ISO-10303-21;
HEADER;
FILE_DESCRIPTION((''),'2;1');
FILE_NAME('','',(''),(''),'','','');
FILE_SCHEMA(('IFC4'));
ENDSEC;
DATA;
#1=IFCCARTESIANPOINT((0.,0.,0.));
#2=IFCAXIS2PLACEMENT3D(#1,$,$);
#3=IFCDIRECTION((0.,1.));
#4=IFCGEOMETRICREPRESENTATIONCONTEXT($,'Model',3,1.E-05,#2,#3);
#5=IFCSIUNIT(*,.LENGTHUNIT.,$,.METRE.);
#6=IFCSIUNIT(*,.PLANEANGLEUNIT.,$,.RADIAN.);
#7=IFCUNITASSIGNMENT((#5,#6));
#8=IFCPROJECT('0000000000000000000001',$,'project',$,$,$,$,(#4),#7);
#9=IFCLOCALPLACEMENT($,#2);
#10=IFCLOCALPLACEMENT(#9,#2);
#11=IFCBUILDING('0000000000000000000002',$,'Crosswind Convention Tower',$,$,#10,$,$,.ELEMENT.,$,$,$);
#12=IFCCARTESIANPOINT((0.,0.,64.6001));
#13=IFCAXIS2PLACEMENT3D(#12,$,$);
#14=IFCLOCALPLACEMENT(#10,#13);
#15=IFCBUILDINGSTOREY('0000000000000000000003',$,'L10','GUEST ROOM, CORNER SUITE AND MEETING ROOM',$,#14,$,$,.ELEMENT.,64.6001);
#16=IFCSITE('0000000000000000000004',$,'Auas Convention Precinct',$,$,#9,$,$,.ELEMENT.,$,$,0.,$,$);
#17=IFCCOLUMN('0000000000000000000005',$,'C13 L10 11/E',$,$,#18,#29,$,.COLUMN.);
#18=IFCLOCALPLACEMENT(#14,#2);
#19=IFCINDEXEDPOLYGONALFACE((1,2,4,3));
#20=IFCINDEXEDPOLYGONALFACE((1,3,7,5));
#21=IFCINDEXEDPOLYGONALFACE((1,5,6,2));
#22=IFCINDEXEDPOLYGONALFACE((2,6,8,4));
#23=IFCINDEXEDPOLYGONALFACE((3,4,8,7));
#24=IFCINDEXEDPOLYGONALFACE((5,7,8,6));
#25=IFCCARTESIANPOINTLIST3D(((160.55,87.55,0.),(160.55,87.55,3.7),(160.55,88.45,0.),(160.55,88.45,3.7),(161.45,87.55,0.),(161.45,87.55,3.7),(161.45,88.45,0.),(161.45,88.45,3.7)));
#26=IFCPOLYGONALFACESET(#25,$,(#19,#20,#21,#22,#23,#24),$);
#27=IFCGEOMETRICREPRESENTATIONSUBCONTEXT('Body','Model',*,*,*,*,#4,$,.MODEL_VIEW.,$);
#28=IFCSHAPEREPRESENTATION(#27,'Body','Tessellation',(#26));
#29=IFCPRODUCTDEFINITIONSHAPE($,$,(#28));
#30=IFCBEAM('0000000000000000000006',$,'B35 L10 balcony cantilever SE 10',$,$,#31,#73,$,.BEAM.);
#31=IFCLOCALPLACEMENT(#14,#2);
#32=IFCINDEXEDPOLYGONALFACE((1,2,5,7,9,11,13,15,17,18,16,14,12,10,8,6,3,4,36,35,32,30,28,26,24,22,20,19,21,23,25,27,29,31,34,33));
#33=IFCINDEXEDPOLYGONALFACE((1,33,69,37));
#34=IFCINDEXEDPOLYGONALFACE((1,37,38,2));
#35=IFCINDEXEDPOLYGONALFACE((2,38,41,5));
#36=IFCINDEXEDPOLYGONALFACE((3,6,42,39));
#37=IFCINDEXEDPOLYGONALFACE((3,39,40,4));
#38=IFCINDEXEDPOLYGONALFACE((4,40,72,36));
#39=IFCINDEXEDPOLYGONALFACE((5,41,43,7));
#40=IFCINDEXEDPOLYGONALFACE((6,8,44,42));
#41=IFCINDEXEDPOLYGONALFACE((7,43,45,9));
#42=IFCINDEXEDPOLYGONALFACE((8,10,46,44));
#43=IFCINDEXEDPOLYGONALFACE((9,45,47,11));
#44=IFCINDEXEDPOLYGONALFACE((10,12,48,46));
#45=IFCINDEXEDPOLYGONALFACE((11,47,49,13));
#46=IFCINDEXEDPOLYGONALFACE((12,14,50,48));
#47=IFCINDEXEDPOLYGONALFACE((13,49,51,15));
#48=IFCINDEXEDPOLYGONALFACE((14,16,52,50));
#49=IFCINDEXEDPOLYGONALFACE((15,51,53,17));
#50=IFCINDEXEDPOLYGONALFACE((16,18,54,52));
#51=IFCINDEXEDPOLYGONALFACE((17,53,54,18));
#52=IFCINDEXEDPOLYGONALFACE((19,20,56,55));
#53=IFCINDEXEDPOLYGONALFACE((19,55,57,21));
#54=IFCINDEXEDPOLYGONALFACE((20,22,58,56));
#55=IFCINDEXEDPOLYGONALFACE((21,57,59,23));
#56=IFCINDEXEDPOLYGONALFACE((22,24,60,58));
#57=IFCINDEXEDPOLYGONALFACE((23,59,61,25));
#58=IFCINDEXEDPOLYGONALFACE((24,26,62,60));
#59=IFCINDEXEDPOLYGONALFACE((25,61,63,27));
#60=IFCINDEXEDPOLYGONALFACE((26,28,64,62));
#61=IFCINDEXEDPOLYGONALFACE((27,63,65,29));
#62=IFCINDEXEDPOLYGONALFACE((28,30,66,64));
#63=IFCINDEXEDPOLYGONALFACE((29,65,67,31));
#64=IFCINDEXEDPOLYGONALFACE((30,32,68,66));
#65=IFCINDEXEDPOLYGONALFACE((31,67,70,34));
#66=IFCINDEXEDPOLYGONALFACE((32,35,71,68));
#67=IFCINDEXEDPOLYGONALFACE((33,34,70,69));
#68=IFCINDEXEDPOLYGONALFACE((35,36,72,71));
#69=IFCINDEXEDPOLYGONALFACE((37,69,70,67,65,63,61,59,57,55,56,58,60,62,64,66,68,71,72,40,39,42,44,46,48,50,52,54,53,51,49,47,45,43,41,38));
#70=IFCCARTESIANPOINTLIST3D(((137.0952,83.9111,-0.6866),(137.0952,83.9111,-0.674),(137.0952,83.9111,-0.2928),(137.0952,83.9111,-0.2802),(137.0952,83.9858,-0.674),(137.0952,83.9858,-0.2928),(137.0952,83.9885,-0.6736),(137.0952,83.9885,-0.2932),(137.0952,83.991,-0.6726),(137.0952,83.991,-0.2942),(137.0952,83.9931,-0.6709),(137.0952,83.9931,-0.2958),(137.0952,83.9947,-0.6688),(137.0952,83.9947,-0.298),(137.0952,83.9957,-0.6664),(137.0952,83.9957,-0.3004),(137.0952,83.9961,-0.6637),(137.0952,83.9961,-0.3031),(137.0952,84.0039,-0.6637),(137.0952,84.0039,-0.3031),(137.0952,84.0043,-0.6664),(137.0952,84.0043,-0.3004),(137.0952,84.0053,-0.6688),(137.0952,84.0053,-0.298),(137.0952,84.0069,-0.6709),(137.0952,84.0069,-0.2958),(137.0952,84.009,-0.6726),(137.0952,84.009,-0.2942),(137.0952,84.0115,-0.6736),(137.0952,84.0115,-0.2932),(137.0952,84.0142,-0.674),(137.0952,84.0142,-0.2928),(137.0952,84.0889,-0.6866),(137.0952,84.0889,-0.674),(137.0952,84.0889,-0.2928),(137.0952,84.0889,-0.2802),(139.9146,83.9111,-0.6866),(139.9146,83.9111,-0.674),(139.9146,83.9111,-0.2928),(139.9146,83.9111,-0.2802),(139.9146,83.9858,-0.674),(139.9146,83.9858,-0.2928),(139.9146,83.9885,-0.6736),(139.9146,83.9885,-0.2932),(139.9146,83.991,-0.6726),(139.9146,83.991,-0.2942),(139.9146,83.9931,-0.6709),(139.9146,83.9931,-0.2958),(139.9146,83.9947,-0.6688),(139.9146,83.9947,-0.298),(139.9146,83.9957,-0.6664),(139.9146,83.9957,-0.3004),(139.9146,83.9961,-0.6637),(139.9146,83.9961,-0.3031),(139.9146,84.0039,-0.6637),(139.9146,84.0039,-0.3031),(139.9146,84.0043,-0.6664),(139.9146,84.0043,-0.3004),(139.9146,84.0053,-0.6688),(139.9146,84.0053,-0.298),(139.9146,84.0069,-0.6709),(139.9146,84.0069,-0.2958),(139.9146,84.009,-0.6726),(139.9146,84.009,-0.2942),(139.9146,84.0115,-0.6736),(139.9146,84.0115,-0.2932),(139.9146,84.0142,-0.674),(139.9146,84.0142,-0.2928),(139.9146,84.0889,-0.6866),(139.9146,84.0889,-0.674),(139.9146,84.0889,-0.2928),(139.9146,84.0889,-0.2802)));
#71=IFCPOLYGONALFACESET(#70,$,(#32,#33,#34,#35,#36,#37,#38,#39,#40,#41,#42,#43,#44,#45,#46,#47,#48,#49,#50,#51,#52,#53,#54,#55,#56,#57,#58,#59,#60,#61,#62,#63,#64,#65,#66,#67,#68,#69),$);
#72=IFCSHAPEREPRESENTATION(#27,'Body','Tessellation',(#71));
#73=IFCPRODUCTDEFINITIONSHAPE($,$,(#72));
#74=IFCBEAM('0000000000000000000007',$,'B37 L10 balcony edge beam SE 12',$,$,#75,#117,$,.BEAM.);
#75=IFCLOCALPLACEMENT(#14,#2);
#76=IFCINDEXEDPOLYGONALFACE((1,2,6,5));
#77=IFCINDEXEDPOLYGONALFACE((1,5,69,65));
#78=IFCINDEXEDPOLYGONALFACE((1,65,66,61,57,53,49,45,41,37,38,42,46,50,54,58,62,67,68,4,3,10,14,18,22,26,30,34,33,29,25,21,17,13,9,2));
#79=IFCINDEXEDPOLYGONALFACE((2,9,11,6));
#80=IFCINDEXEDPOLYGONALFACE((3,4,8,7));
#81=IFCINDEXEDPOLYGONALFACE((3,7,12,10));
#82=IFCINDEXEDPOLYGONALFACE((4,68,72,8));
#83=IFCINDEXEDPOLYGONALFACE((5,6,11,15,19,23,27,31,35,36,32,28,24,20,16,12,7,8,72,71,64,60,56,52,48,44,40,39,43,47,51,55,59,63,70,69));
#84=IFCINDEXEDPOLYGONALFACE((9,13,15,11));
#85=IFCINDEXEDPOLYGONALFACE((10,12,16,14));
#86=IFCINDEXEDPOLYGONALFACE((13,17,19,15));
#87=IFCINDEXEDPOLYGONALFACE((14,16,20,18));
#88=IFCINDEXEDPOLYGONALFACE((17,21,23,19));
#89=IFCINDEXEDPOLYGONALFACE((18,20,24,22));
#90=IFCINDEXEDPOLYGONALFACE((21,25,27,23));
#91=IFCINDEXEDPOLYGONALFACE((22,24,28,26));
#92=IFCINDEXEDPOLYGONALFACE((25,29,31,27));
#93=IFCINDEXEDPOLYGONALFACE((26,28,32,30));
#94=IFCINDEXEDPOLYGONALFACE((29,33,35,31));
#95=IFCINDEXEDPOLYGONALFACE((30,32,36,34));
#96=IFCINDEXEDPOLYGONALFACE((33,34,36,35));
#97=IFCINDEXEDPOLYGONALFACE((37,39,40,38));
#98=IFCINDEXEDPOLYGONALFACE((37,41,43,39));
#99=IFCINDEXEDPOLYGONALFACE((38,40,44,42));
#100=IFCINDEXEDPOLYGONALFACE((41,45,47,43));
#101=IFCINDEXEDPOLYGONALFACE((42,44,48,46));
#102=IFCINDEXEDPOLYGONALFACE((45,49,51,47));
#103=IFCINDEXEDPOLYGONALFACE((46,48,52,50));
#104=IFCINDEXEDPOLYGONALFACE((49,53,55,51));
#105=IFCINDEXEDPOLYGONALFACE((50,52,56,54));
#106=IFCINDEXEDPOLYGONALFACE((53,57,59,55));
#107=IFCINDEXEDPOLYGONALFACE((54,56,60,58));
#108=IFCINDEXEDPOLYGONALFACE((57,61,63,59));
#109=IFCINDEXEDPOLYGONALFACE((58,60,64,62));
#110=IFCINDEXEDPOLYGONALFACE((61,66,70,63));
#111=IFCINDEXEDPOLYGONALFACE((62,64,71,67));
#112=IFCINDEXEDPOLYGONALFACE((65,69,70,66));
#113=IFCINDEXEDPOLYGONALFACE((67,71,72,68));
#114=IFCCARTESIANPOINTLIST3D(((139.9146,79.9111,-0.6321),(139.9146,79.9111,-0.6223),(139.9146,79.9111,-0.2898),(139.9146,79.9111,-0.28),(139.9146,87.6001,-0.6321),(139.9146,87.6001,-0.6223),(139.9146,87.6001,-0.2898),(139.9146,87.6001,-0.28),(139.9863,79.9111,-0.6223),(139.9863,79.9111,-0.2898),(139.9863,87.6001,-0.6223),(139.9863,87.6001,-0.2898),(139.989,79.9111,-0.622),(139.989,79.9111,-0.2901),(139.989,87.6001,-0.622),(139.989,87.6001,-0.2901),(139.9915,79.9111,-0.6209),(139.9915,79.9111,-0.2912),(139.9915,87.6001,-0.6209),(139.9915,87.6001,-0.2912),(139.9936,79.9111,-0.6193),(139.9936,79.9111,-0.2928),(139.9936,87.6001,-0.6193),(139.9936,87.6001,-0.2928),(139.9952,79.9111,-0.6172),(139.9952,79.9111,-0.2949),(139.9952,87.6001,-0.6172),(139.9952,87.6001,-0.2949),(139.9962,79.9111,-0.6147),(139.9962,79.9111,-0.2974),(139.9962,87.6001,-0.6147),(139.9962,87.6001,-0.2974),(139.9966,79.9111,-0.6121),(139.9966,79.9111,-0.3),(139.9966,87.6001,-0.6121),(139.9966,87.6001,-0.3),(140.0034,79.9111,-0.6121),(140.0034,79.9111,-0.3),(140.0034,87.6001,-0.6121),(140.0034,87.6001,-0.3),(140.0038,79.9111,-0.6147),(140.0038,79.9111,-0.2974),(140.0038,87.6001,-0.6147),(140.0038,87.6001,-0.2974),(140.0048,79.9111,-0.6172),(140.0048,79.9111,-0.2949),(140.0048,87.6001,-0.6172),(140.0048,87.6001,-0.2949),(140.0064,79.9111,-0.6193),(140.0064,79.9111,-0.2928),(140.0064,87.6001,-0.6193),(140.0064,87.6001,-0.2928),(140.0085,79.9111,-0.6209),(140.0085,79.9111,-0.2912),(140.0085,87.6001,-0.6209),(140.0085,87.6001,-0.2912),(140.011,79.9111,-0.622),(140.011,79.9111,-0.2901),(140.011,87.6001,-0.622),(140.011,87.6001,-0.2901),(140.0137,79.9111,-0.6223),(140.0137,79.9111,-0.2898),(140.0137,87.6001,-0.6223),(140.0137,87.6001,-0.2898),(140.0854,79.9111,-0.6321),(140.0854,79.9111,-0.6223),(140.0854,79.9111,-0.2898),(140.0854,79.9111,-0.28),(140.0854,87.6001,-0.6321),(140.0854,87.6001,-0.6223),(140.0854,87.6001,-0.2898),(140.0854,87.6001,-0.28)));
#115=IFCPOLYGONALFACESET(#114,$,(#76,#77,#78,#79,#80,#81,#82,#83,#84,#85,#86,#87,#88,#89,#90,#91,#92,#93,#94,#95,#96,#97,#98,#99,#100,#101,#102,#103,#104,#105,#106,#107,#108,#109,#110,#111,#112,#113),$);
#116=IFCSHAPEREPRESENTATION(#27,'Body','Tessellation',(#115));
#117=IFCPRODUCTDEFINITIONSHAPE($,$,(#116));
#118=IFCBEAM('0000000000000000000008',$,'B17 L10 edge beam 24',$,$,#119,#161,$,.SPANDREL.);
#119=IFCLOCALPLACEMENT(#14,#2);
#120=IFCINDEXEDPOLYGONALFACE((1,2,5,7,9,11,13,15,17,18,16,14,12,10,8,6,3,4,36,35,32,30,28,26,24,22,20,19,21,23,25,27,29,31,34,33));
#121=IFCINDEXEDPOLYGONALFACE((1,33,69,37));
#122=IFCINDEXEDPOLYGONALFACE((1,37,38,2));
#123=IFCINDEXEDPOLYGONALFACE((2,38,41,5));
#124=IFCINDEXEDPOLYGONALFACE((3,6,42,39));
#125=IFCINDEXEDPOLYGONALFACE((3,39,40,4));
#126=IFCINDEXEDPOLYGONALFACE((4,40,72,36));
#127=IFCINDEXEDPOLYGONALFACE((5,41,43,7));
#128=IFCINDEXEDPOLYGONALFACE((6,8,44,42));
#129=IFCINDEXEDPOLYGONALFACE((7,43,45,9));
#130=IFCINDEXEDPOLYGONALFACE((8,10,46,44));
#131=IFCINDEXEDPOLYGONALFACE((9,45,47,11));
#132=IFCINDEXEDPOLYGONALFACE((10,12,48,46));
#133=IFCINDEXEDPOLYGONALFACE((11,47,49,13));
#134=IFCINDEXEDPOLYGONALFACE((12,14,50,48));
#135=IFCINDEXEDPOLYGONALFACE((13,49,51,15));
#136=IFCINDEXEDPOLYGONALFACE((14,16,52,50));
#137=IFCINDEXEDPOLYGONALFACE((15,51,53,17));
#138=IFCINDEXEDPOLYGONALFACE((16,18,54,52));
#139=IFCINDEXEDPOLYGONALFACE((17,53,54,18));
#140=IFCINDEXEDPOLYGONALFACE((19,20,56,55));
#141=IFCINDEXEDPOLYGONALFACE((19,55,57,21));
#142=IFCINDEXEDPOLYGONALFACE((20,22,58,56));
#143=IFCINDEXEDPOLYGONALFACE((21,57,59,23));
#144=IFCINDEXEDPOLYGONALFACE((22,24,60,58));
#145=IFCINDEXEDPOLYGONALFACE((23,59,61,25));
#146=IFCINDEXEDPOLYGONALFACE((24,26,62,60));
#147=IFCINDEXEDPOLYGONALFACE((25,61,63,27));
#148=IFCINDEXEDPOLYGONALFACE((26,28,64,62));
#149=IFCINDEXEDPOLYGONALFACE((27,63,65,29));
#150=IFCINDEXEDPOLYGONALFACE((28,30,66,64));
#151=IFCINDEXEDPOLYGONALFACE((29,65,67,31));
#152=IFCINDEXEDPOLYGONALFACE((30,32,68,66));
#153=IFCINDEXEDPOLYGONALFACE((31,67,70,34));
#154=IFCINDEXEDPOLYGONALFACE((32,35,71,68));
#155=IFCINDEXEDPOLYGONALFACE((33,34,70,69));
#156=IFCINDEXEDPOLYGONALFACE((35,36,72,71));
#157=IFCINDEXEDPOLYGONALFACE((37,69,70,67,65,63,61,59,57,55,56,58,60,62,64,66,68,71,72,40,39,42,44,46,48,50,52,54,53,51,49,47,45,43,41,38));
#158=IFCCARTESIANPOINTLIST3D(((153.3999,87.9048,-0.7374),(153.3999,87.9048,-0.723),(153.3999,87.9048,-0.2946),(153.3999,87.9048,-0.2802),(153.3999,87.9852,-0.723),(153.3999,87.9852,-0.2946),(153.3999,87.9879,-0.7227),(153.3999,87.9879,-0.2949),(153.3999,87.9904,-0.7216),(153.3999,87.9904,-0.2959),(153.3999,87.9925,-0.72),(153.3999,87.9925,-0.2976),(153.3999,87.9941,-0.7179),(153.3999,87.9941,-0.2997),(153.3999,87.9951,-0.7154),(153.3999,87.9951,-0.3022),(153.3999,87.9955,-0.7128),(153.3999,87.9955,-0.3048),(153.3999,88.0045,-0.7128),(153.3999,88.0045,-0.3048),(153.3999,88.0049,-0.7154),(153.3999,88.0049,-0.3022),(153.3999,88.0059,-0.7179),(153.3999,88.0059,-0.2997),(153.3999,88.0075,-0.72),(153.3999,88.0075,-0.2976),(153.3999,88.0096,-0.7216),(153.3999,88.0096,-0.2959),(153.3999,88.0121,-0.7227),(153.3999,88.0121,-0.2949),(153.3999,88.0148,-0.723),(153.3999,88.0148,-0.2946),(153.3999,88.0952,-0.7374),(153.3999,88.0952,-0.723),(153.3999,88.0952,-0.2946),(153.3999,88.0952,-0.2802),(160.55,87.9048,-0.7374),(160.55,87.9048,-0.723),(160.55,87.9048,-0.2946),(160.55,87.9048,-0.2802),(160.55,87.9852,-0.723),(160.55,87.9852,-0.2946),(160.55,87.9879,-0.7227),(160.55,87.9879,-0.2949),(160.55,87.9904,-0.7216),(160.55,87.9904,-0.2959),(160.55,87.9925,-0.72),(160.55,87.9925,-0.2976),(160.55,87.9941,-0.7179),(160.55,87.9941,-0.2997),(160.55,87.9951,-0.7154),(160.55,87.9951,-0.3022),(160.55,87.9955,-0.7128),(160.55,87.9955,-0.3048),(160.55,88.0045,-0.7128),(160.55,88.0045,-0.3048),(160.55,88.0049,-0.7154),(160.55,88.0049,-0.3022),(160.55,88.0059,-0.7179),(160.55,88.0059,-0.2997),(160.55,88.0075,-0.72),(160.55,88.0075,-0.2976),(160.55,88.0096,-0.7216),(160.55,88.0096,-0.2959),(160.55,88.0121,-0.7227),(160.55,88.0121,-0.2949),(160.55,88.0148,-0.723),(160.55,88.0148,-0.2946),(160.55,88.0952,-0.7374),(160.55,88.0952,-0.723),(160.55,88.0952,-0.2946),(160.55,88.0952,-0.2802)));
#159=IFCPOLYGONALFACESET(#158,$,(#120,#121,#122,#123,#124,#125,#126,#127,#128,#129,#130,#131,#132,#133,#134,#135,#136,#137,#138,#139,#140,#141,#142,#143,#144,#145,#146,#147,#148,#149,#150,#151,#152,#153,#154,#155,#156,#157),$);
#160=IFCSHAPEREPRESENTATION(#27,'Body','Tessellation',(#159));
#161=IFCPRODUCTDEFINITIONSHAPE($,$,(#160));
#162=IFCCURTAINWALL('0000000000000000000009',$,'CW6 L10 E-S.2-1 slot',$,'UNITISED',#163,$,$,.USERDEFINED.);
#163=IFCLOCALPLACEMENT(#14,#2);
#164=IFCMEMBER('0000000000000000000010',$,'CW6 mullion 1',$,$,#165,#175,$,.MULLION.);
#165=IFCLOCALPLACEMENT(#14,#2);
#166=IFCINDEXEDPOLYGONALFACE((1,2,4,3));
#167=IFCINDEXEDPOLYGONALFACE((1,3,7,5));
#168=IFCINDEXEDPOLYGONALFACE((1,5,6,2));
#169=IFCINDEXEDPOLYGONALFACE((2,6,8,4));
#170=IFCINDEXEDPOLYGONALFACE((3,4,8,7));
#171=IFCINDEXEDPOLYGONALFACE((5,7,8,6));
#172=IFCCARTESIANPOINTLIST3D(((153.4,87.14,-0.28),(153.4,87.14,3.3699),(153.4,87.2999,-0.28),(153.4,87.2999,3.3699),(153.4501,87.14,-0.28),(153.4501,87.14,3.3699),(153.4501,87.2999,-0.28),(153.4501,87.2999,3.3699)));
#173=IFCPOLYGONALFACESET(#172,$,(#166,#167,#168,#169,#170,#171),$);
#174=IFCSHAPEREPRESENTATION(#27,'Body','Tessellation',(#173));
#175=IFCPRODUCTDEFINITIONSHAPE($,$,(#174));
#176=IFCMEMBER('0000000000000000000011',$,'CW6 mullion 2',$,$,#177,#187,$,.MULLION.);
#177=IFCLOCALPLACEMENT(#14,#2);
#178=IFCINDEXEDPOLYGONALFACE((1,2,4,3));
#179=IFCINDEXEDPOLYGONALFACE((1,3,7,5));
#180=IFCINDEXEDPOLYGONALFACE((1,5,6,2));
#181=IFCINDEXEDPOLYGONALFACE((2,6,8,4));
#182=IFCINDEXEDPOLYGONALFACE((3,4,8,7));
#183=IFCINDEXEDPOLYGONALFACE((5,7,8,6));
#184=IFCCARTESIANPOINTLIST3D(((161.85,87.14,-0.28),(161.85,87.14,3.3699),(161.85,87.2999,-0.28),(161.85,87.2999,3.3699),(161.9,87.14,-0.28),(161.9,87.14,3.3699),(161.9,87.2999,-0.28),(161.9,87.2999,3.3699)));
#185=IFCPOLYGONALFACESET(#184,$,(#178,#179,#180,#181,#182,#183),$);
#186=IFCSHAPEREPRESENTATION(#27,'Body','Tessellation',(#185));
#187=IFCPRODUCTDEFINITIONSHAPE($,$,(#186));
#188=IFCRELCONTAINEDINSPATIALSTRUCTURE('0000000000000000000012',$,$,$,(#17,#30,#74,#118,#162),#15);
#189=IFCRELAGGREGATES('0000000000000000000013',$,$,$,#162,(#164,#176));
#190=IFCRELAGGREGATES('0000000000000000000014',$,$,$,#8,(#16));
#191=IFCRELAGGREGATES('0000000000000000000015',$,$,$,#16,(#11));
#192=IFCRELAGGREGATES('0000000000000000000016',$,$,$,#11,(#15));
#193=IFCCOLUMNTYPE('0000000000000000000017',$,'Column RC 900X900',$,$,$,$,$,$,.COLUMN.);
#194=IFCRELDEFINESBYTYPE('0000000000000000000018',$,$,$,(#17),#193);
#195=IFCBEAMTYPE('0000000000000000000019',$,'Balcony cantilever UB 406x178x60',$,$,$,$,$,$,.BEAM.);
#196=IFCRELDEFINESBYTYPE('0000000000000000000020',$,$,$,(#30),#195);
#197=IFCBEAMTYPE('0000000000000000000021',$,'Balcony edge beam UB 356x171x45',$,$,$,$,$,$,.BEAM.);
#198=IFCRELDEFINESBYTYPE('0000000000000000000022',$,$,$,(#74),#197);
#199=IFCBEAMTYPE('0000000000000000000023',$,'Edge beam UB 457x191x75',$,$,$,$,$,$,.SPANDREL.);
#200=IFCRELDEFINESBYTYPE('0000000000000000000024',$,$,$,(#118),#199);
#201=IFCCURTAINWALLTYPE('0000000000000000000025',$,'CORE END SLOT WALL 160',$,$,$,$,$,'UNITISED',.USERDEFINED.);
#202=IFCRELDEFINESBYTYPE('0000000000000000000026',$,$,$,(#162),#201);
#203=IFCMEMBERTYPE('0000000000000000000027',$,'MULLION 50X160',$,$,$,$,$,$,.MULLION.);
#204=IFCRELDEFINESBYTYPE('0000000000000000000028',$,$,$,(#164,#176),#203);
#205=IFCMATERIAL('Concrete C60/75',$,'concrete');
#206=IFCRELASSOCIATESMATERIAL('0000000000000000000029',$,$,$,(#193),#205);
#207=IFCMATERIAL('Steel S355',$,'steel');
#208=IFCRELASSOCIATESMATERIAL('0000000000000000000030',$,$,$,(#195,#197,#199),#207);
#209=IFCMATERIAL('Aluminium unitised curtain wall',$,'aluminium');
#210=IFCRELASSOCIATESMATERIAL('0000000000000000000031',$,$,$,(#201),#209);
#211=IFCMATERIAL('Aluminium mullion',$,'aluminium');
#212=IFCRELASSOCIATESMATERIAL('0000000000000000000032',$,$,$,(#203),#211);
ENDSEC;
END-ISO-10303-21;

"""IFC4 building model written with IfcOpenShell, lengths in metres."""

from ifc_helpers import new_model, si_unit, direction, frame, origin, origin_2d, place, context, subcontext, project, spatial, rectangle, i_section, extrude, material, material_profile, profile_set, type_object, element, aggregate, save


model = new_model("IFC4")

# Units and contexts
model_context = context("Model", 3, precision=1e-05, world=origin(), true_north=direction((0.0, 1.0)))
body_context = subcontext(model_context, "Body", "Model", "MODEL_VIEW")
ifc_project = project(units=[si_unit("LENGTHUNIT", "METRE"), si_unit("PLANEANGLEUNIT", "RADIAN")], contexts=[model_context])

# Site, building, storey
site_placement = place(None, origin())
site = spatial("IfcSite", under=ifc_project, at=site_placement, Name="Auas Convention Precinct", CompositionType="ELEMENT", RefElevation=0.0)
building_placement = place(site_placement, origin())
building = spatial("IfcBuilding", under=site, at=building_placement, Name="Crosswind Convention Tower", CompositionType="ELEMENT")
storey_placement = place(building_placement, frame((0.0, 0.0, 64.6001)))
storey = spatial("IfcBuildingStorey", under=building, at=storey_placement, Name="L10", Description="GUEST ROOM, CORNER SUITE AND MEETING ROOM", CompositionType="ELEMENT", Elevation=64.6001)

# Column
ifc_material_1 = material(Name="Concrete C60/75", Category="concrete")
ifc_material_profile_1 = material_profile(ifc_material_1, rectangle(XDim=0.8999, YDim=0.8999, at=origin_2d()), Name="RC 900X900")
ifc_profile_set_1 = profile_set([ifc_material_profile_1], Name="Concrete C60/75")
column_type = type_object("IfcColumnType", Name="Column RC 900X900", PredefinedType="COLUMN", material=ifc_profile_set_1)
column_placement = place(storey_placement, frame((161.0, 88.0, 0.0), z_axis=(0.0, 0.0, 1.0), x_axis=(1.0, 0.0, 0.0)))
element("IfcColumn", 1, at=column_placement, inside=storey, type_object=column_type, Name="C13 L10 11/E", PredefinedType="COLUMN", context=body_context, shape_type="SweptSolid", body=[
    extrude(rectangle(XDim=0.8999, YDim=0.8999, at=origin_2d()), origin(), (0.0, 0.0, 1.0), 3.7),
])

# Beams
ifc_material_2 = material(Name="Steel S355", Category="steel")
ifc_material_profile_2 = material_profile(ifc_material_2, i_section(OverallWidth=0.1777, OverallDepth=0.4065, WebThickness=0.0078, FlangeThickness=0.0127, FilletRadius=0.0103, at=origin_2d()), Name="UB 406x178x60")
ifc_profile_set_2 = profile_set([ifc_material_profile_2], Name="Steel S355")
beam_type_1 = type_object("IfcBeamType", Name="Balcony cantilever UB 406x178x60", PredefinedType="BEAM", material=ifc_profile_set_2)
beam_1_placement = place(storey_placement, frame((137.0952, 84.0, -0.4834), z_axis=(1.0, 0.0, 0.0), x_axis=(0.0, 1.0, 0.0)))
element("IfcBeam", 2, at=beam_1_placement, inside=storey, type_object=beam_type_1, Name="B35 L10 balcony cantilever SE 10", PredefinedType="BEAM", context=body_context, shape_type="SweptSolid", body=[
    extrude(i_section(OverallWidth=0.1777, OverallDepth=0.4065, WebThickness=0.0078, FlangeThickness=0.0127, FilletRadius=0.0103, at=origin_2d()), origin(), (0.0, 0.0, 1.0), 2.8193),
])
ifc_material_profile_3 = material_profile(ifc_material_2, i_section(OverallWidth=0.1709, OverallDepth=0.3521, WebThickness=0.0068, FlangeThickness=0.0098, FilletRadius=0.0103, at=origin_2d()), Name="UB 356x171x45")
ifc_profile_set_3 = profile_set([ifc_material_profile_3], Name="Steel S355")
beam_type_2 = type_object("IfcBeamType", Name="Balcony edge beam UB 356x171x45", PredefinedType="BEAM", material=ifc_profile_set_3)
beam_2_placement = place(storey_placement, frame((140.0, 87.6001, -0.4561), z_axis=(0.0, -1.0, 0.0), x_axis=(1.0, 0.0, 0.0)))
element("IfcBeam", 3, at=beam_2_placement, inside=storey, type_object=beam_type_2, Name="B37 L10 balcony edge beam SE 12", PredefinedType="BEAM", context=body_context, shape_type="SweptSolid", body=[
    extrude(i_section(OverallWidth=0.1709, OverallDepth=0.3521, WebThickness=0.0068, FlangeThickness=0.0098, FilletRadius=0.0103, at=origin_2d()), origin(), (0.0, 0.0, 1.0), 7.689),
])
ifc_material_profile_4 = material_profile(ifc_material_2, i_section(OverallWidth=0.1904, OverallDepth=0.4573, WebThickness=0.009, FlangeThickness=0.0144, FilletRadius=0.0103, at=origin_2d()), Name="UB 457x191x75")
ifc_profile_set_4 = profile_set([ifc_material_profile_4], Name="Steel S355")
beam_type_3 = type_object("IfcBeamType", Name="Edge beam UB 457x191x75", PredefinedType="SPANDREL", material=ifc_profile_set_4)
beam_3_placement = place(storey_placement, frame((153.3999, 88.0, -0.5088), z_axis=(1.0, 0.0, 0.0), x_axis=(0.0, 1.0, 0.0)))
element("IfcBeam", 4, at=beam_3_placement, inside=storey, type_object=beam_type_3, Name="B17 L10 edge beam 24", PredefinedType="SPANDREL", context=body_context, shape_type="SweptSolid", body=[
    extrude(i_section(OverallWidth=0.1904, OverallDepth=0.4573, WebThickness=0.009, FlangeThickness=0.0144, FilletRadius=0.0103, at=origin_2d()), origin(), (0.0, 0.0, 1.0), 7.1501),
])

# Curtain wall, members
ifc_material_3 = material(Name="Aluminium unitised curtain wall", Category="aluminium")
curtain_wall_type_1 = type_object("IfcCurtainWallType", Name="CORE END SLOT WALL 160", ElementType="UNITISED", PredefinedType="USERDEFINED", material=ifc_material_3)
curtain_wall_1_placement = place(storey_placement, origin())
curtain_wall_1 = element("IfcCurtainWall", 5, at=curtain_wall_1_placement, inside=storey, type_object=curtain_wall_type_1, Name="CW6 L10 E-S.2-1 slot", ObjectType="UNITISED", PredefinedType="USERDEFINED")
ifc_material_4 = material(Name="Aluminium mullion", Category="aluminium")
ifc_material_profile_5 = material_profile(ifc_material_4, rectangle(XDim=0.1599, YDim=0.05, at=origin_2d()), Name="AL 160X50")
ifc_profile_set_5 = profile_set([ifc_material_profile_5], Name="Aluminium mullion")
member_type_1 = type_object("IfcMemberType", Name="MULLION 50X160", PredefinedType="MULLION", material=ifc_profile_set_5)
member_1_placement = place(storey_placement, frame((153.425, 87.22, -0.28), z_axis=(0.0, 0.0, 1.0), x_axis=(0.0, -1.0, 0.0)))
member_1 = element("IfcMember", 6, at=member_1_placement, type_object=member_type_1, Name="CW6 mullion 1", PredefinedType="MULLION", context=body_context, shape_type="SweptSolid", body=[
    extrude(rectangle(XDim=0.1599, YDim=0.05, at=origin_2d()), origin(), (0.0, 0.0, 1.0), 3.6499),
])
member_2_placement = place(storey_placement, frame((161.875, 87.22, -0.28), z_axis=(0.0, 0.0, 1.0), x_axis=(0.0, -1.0, 0.0)))
member_2 = element("IfcMember", 7, at=member_2_placement, type_object=member_type_1, Name="CW6 mullion 2", PredefinedType="MULLION", context=body_context, shape_type="SweptSolid", body=[
    extrude(rectangle(XDim=0.1599, YDim=0.05, at=origin_2d()), origin(), (0.0, 0.0, 1.0), 3.6499),
])

aggregate(curtain_wall_1, [member_1, member_2])

save(model, "model.ifc")
